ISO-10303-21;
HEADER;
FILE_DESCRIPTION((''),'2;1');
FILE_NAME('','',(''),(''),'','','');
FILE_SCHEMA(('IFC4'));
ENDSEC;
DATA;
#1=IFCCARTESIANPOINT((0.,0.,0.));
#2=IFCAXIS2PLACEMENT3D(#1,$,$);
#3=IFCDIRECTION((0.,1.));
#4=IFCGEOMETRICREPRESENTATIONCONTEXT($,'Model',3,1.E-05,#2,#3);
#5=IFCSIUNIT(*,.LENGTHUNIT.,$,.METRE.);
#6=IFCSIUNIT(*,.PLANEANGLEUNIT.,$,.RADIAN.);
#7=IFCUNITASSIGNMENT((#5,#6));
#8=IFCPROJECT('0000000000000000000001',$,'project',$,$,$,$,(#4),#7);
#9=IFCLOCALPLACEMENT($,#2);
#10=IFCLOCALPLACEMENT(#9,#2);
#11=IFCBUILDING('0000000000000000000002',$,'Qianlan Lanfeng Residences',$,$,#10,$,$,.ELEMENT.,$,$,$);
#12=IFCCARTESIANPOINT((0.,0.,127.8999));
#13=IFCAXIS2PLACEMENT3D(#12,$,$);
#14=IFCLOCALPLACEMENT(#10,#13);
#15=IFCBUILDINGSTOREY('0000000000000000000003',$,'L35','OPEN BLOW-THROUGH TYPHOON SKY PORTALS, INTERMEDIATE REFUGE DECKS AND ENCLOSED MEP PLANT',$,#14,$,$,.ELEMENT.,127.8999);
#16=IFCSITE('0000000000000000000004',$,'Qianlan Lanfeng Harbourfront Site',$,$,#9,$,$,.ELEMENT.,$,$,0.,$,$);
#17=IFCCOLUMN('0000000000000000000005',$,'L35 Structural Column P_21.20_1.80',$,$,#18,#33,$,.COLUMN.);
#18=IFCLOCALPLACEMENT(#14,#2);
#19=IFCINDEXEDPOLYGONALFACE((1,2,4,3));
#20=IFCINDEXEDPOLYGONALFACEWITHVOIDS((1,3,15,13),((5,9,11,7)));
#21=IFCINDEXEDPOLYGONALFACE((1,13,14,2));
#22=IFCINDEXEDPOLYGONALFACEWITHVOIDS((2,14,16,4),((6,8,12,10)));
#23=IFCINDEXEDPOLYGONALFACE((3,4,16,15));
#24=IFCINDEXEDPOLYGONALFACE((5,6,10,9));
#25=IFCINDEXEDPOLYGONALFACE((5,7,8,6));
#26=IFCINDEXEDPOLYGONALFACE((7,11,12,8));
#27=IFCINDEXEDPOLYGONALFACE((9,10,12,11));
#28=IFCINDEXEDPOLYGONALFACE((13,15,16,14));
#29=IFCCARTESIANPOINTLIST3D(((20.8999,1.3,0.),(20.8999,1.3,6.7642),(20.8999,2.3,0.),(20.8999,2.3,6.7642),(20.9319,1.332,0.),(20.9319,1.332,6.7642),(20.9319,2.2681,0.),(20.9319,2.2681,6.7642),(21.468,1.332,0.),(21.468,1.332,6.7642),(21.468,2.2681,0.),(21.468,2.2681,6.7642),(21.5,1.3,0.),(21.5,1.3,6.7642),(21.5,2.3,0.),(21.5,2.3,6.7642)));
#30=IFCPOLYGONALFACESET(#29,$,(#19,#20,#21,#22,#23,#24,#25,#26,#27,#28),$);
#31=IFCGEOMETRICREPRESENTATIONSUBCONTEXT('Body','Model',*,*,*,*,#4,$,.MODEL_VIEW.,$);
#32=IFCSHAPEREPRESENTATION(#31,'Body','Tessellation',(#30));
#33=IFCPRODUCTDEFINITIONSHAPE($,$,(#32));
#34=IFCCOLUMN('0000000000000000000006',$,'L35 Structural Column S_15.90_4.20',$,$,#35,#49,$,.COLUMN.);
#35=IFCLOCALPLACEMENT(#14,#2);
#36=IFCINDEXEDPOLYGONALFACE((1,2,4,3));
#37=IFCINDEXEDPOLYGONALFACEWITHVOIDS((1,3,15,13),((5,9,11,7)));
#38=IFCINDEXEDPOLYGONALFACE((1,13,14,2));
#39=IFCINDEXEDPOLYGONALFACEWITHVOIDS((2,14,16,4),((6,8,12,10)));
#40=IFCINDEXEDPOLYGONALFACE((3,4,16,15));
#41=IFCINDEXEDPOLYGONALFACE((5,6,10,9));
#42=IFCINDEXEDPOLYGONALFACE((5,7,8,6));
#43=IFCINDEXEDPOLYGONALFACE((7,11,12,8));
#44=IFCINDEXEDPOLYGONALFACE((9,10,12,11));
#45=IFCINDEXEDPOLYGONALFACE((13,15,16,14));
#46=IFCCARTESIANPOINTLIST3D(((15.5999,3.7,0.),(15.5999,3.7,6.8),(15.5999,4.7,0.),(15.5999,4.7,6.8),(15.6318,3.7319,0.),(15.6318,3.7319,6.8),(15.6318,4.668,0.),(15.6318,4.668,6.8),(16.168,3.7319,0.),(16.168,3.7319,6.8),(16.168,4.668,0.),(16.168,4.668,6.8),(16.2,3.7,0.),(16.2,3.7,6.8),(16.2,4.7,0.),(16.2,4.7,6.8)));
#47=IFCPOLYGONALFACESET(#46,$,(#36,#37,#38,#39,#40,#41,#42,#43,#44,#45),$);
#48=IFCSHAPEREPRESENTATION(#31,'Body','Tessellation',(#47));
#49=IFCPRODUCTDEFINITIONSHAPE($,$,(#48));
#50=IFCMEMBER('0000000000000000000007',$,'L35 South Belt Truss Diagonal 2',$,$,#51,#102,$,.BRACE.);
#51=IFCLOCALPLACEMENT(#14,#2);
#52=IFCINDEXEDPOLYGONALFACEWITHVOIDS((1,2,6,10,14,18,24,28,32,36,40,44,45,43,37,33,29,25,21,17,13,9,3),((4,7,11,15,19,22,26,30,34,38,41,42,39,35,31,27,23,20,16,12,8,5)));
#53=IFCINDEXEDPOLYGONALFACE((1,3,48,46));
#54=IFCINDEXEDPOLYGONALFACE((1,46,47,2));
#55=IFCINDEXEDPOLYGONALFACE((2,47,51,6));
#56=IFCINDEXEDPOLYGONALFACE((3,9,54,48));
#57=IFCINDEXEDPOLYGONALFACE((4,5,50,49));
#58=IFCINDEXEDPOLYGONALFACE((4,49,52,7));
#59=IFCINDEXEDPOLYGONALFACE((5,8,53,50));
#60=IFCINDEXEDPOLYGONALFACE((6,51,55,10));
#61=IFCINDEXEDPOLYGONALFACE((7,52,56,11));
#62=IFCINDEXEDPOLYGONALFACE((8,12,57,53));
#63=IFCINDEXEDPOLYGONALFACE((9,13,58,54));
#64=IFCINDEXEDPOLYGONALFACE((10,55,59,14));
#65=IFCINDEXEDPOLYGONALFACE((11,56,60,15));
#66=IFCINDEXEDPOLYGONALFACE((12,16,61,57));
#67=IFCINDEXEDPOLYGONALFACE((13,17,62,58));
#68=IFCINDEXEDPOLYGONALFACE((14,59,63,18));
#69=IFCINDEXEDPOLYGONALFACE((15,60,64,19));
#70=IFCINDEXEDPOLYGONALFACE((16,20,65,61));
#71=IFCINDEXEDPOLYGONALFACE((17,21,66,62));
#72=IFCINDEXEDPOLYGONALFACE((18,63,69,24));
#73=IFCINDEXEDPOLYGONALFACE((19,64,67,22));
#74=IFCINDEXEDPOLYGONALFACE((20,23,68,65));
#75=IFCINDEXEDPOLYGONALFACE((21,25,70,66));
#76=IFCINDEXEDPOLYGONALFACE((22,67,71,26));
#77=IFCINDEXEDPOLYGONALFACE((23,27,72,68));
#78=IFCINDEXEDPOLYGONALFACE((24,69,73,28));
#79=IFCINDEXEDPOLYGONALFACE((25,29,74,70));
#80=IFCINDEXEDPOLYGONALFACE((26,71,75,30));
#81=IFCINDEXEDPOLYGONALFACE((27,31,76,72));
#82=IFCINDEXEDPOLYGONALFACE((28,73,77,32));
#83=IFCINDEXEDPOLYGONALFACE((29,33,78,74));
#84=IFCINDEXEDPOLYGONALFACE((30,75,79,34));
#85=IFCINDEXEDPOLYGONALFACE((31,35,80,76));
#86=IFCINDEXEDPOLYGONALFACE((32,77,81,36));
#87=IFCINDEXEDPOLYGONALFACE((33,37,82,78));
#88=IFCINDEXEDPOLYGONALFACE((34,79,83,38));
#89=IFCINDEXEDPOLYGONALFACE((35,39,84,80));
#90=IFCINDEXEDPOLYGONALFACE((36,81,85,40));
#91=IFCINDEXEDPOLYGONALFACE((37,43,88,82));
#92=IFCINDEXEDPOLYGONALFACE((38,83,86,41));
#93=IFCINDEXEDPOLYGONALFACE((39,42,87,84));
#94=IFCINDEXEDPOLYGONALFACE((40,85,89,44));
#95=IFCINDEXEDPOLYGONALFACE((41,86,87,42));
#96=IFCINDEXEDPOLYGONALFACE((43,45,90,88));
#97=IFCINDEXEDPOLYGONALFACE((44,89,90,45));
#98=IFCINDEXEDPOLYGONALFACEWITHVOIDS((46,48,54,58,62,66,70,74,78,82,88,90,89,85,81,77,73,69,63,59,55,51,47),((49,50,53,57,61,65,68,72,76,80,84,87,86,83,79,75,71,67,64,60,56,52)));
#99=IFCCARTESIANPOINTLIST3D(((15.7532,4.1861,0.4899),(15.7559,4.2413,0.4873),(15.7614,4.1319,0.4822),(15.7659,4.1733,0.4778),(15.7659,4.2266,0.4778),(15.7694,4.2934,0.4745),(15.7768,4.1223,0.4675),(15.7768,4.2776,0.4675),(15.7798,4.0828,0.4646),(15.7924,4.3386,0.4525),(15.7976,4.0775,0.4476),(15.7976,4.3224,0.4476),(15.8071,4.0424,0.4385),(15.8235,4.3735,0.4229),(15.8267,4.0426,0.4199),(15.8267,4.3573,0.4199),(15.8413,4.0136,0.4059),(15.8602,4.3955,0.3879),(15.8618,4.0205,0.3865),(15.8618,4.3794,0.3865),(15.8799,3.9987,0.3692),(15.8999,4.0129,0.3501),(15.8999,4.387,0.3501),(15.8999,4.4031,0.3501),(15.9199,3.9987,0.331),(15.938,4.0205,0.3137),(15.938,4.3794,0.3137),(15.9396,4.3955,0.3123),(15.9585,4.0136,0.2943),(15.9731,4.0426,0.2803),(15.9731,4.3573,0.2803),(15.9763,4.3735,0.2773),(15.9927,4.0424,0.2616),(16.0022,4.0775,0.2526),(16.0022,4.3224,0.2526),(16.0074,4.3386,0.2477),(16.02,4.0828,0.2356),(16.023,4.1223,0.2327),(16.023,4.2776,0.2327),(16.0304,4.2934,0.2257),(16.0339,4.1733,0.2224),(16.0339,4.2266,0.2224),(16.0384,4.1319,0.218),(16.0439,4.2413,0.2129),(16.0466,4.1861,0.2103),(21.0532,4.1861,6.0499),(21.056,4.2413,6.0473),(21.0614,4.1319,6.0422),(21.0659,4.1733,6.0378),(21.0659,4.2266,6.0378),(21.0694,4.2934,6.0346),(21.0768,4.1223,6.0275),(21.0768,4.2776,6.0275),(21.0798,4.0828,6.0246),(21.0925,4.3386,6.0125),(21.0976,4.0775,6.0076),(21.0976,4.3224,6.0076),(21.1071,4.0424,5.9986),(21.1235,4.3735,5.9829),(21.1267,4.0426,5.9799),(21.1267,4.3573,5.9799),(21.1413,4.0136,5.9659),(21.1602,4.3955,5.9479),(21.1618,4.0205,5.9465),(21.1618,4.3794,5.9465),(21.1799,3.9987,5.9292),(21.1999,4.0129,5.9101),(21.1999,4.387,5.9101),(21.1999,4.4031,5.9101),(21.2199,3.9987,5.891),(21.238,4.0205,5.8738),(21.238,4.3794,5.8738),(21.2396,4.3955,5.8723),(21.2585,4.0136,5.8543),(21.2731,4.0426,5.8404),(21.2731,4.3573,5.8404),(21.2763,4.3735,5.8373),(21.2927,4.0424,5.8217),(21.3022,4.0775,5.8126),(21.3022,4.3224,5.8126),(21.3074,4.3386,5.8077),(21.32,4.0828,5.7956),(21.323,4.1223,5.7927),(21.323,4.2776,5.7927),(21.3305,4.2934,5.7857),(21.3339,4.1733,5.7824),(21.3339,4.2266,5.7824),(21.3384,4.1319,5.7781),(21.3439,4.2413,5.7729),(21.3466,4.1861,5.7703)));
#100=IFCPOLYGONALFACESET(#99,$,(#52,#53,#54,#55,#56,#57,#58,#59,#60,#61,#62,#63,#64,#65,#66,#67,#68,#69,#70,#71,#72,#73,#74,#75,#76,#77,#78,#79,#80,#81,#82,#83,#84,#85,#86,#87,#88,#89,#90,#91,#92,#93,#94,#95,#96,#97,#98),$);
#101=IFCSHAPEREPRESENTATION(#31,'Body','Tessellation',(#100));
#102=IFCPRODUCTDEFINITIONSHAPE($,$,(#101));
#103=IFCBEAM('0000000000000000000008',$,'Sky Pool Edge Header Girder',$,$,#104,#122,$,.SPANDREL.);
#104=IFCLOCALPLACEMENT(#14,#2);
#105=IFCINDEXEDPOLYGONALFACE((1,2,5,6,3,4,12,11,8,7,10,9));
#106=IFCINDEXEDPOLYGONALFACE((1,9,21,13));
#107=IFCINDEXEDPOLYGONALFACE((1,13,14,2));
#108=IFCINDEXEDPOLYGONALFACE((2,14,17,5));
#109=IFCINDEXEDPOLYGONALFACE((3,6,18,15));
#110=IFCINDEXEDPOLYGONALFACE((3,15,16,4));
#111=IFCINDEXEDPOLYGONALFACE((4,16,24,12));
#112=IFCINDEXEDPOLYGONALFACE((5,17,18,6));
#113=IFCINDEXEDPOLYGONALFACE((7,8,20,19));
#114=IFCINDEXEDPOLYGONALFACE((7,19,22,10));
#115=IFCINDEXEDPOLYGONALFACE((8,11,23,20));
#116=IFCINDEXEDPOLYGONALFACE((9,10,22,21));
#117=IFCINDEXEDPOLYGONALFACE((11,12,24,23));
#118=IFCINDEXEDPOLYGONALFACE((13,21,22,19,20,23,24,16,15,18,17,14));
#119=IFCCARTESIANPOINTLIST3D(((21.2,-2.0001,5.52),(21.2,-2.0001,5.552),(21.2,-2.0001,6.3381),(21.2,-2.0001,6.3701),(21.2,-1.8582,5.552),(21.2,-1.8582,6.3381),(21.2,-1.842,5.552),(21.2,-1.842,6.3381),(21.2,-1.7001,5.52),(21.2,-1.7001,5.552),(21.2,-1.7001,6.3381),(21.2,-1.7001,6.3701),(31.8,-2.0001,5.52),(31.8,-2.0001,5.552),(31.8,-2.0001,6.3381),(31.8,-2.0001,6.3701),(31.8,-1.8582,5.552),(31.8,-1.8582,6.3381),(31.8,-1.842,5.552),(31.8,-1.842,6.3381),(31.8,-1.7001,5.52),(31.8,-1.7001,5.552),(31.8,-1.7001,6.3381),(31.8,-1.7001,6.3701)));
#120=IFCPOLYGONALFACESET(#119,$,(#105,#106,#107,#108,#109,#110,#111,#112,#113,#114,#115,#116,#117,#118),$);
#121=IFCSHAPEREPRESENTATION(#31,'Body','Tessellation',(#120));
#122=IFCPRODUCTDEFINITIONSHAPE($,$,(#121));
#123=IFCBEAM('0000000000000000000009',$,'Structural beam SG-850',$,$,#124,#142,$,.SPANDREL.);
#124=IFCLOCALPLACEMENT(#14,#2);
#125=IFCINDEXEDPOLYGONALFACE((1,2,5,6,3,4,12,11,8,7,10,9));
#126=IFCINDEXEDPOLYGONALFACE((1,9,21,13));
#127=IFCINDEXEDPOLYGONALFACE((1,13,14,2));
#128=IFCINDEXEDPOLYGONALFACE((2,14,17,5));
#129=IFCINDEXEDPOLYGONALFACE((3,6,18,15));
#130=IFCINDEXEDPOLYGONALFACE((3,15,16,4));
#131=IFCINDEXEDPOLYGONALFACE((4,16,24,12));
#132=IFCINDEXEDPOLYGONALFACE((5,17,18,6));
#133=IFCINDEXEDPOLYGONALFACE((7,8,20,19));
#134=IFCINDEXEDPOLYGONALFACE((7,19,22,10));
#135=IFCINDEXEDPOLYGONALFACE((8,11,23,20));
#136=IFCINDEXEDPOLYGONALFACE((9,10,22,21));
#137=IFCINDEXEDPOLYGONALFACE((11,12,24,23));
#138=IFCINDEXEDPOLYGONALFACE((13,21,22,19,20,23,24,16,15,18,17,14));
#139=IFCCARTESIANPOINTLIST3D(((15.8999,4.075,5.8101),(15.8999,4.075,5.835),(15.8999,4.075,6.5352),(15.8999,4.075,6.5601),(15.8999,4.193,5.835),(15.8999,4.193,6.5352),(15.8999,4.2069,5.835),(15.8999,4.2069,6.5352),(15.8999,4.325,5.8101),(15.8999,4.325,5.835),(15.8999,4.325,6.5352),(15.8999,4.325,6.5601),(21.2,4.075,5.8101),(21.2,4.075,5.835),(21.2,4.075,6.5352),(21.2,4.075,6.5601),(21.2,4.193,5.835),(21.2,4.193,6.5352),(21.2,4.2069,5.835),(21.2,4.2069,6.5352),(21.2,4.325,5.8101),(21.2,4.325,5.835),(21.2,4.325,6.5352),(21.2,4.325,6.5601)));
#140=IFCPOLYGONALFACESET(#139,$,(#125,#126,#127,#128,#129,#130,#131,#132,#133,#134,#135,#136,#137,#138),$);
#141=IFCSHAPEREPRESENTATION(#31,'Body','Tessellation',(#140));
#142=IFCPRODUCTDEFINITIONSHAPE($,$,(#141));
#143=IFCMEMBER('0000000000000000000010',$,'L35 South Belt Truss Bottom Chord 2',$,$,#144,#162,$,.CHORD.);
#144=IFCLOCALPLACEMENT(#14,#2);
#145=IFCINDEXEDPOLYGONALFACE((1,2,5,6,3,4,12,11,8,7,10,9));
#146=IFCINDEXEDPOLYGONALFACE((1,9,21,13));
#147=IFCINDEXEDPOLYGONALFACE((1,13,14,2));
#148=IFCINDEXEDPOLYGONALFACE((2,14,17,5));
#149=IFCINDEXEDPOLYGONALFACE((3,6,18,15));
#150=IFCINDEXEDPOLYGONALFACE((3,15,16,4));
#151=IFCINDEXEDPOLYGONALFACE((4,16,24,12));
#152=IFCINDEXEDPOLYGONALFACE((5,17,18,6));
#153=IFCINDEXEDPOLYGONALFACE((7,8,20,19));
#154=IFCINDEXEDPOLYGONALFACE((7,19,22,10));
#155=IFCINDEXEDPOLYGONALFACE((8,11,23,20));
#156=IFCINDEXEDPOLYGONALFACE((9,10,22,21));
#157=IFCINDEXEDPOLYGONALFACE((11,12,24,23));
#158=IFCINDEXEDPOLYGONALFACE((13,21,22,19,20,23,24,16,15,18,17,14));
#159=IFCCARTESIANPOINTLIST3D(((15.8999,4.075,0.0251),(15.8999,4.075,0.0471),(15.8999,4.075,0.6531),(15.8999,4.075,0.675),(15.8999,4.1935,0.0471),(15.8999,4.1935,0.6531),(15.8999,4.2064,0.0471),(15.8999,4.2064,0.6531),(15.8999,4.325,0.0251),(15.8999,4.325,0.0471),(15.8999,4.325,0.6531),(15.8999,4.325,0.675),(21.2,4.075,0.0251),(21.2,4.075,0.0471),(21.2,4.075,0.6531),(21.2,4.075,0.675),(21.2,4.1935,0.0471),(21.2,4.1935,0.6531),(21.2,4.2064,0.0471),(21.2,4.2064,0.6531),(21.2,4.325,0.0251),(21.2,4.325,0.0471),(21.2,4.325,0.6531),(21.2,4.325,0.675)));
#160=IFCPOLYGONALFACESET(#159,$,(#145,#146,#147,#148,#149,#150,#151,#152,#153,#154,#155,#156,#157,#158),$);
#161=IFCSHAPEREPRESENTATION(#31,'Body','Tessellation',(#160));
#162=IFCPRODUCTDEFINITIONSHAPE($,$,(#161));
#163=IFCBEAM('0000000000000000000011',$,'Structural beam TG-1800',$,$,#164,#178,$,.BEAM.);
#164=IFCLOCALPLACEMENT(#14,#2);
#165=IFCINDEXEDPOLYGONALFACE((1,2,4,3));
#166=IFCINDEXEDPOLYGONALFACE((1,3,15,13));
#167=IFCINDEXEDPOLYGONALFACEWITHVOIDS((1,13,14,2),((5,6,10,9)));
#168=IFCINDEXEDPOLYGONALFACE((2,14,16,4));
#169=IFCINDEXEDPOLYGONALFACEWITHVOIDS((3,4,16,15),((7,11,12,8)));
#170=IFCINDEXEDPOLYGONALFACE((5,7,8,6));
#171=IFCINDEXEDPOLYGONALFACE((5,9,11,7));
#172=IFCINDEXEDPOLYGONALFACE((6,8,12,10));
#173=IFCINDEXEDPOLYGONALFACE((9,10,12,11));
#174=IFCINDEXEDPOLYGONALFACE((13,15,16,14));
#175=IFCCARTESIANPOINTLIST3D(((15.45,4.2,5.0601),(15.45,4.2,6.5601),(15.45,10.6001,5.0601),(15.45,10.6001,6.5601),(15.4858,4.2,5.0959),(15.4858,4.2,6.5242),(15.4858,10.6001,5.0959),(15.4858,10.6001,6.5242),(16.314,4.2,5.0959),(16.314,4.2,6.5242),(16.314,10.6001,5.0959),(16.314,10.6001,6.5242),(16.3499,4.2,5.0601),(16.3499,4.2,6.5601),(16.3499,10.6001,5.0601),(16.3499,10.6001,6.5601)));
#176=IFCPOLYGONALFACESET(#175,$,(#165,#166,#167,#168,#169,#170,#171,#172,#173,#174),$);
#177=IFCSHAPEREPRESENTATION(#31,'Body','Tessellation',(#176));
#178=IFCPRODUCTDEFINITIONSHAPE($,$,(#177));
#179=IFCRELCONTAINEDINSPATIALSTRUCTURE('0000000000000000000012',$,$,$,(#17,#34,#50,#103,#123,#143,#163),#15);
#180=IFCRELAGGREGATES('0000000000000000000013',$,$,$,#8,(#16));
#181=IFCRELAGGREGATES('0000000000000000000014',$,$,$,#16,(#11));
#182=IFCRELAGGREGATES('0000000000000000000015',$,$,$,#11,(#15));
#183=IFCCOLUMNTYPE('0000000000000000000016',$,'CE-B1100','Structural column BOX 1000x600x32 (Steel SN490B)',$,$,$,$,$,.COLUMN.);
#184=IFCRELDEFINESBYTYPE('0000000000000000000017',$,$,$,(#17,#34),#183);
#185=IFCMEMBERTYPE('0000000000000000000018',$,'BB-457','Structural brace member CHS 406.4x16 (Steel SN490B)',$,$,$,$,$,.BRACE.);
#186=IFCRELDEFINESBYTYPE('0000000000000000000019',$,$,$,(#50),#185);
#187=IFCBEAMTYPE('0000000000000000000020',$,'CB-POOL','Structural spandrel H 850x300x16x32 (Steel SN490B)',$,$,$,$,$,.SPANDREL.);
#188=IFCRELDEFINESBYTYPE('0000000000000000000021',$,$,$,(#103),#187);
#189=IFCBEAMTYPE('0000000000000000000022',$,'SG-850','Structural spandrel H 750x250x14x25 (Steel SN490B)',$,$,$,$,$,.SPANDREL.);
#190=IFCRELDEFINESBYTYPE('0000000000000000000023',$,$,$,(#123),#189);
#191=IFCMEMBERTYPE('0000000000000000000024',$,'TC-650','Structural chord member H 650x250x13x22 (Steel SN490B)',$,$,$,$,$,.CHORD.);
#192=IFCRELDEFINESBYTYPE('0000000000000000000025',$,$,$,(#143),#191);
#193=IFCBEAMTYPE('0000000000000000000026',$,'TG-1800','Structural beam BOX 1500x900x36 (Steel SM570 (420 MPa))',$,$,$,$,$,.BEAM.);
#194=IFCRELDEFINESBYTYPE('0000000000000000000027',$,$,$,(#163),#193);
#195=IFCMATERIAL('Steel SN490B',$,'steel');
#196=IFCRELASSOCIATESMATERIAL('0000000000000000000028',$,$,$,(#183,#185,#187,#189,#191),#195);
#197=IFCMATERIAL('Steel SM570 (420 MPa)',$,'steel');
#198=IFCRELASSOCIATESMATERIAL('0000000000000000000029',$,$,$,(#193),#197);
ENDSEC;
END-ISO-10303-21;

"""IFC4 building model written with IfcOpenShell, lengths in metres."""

from ifc_helpers import new_model, si_unit, direction, frame, origin, origin_2d, place, context, subcontext, project, spatial, hollow_rectangle, hollow_circle, i_section, extrude, material, material_profile, profile_set, type_object, element, save


model = new_model("IFC4")

# Units and contexts
model_context = context("Model", 3, precision=1e-05, world=origin(), true_north=direction((0.0, 1.0)))
body_context = subcontext(model_context, "Body", "Model", "MODEL_VIEW")
ifc_project = project(units=[si_unit("LENGTHUNIT", "METRE"), si_unit("PLANEANGLEUNIT", "RADIAN")], contexts=[model_context])

# Site, building, storey
site_placement = place(None, origin())
site = spatial("IfcSite", under=ifc_project, at=site_placement, Name="Qianlan Lanfeng Harbourfront Site", CompositionType="ELEMENT", RefElevation=0.0)
building_placement = place(site_placement, origin())
building = spatial("IfcBuilding", under=site, at=building_placement, Name="Qianlan Lanfeng Residences", CompositionType="ELEMENT")
storey_placement = place(building_placement, frame((0.0, 0.0, 127.8999)))
storey = spatial("IfcBuildingStorey", under=building, at=storey_placement, Name="L35", Description="OPEN BLOW-THROUGH TYPHOON SKY PORTALS, INTERMEDIATE REFUGE DECKS AND ENCLOSED MEP PLANT", CompositionType="ELEMENT", Elevation=127.8999)

# Columns
ifc_material_1 = material(Name="Steel SN490B", Category="steel")
ifc_material_profile_1 = material_profile(ifc_material_1, hollow_rectangle(XDim=0.6001, YDim=1.0, WallThickness=0.032, at=origin_2d()), Name="BOX 1000x600x32")
ifc_profile_set_1 = profile_set([ifc_material_profile_1], Name="Steel SN490B")
column_type = type_object("IfcColumnType", Name="CE-B1100", Description="Structural column BOX 1000x600x32 (Steel SN490B)", PredefinedType="COLUMN", material=ifc_profile_set_1)
column_1_placement = place(storey_placement, frame((21.2, 1.8, 0.0), z_axis=(0.0, 0.0, 1.0), x_axis=(1.0, 0.0, 0.0)))
element("IfcColumn", 1, at=column_1_placement, inside=storey, type_object=column_type, Name="L35 Structural Column P_21.20_1.80", PredefinedType="COLUMN", context=body_context, shape_type="SweptSolid", body=[
    extrude(hollow_rectangle(XDim=0.6001, YDim=1.0, WallThickness=0.032, at=origin_2d()), origin(), (0.0, 0.0, 1.0), 6.7642),
])
column_2_placement = place(storey_placement, frame((15.8999, 4.2, 0.0), z_axis=(0.0, 0.0, 1.0), x_axis=(1.0, 0.0, 0.0)))
element("IfcColumn", 2, at=column_2_placement, inside=storey, type_object=column_type, Name="L35 Structural Column S_15.90_4.20", PredefinedType="COLUMN", context=body_context, shape_type="SweptSolid", body=[
    extrude(hollow_rectangle(XDim=0.6001, YDim=1.0, WallThickness=0.032, at=origin_2d()), origin(), (0.0, 0.0, 1.0), 6.8),
])

# Member
ifc_material_profile_2 = material_profile(ifc_material_1, hollow_circle(Radius=0.2031, WallThickness=0.0161, at=origin_2d()), Name="CHS 406.4x16")
ifc_profile_set_2 = profile_set([ifc_material_profile_2], Name="Steel SN490B")
member_type_1 = type_object("IfcMemberType", Name="BB-457", Description="Structural brace member CHS 406.4x16 (Steel SN490B)", PredefinedType="BRACE", material=ifc_profile_set_2)
member_1_placement = place(storey_placement, frame((15.8999, 4.2, 0.3501), z_axis=(0.68998, 0.0, 0.723829), x_axis=(0.0, 1.0, 0.0)))
element("IfcMember", 3, at=member_1_placement, inside=storey, type_object=member_type_1, Name="L35 South Belt Truss Diagonal 2", PredefinedType="BRACE", context=body_context, shape_type="SweptSolid", body=[
    extrude(hollow_circle(Radius=0.2031, WallThickness=0.0161, at=origin_2d()), origin(), (0.0, 0.0, 1.0), 7.6814),
])

# Beams
ifc_material_profile_3 = material_profile(ifc_material_1, i_section(OverallWidth=0.3, OverallDepth=0.8501, WebThickness=0.0161, FlangeThickness=0.032, at=origin_2d()), Name="H 850x300x16x32")
ifc_profile_set_3 = profile_set([ifc_material_profile_3], Name="Steel SN490B")
beam_type_1 = type_object("IfcBeamType", Name="CB-POOL", Description="Structural spandrel H 850x300x16x32 (Steel SN490B)", PredefinedType="SPANDREL", material=ifc_profile_set_3)
beam_1_placement = place(storey_placement, frame((21.2, -1.8501, 5.9451), z_axis=(1.0, 0.0, 0.0), x_axis=(0.0, 1.0, 0.0)))
element("IfcBeam", 4, at=beam_1_placement, inside=storey, type_object=beam_type_1, Name="Sky Pool Edge Header Girder", PredefinedType="SPANDREL", context=body_context, shape_type="SweptSolid", body=[
    extrude(i_section(OverallWidth=0.3, OverallDepth=0.8501, WebThickness=0.0161, FlangeThickness=0.032, at=origin_2d()), origin(), (0.0, 0.0, 1.0), 10.6001),
])
ifc_material_profile_4 = material_profile(ifc_material_1, i_section(OverallWidth=0.25, OverallDepth=0.75, WebThickness=0.0139, FlangeThickness=0.0249, at=origin_2d()), Name="H 750x250x14x25")
ifc_profile_set_4 = profile_set([ifc_material_profile_4], Name="Steel SN490B")
beam_type_2 = type_object("IfcBeamType", Name="SG-850", Description="Structural spandrel H 750x250x14x25 (Steel SN490B)", PredefinedType="SPANDREL", material=ifc_profile_set_4)
beam_2_placement = place(storey_placement, frame((15.8999, 4.2, 6.1851), z_axis=(1.0, 0.0, 0.0), x_axis=(0.0, 1.0, 0.0)))
element("IfcBeam", 5, at=beam_2_placement, inside=storey, type_object=beam_type_2, Name="Structural beam SG-850", PredefinedType="SPANDREL", context=body_context, shape_type="SweptSolid", body=[
    extrude(i_section(OverallWidth=0.25, OverallDepth=0.75, WebThickness=0.0139, FlangeThickness=0.0249, at=origin_2d()), origin(), (0.0, 0.0, 1.0), 5.3),
])

# Member
ifc_material_profile_5 = material_profile(ifc_material_1, i_section(OverallWidth=0.25, OverallDepth=0.6499, WebThickness=0.0129, FlangeThickness=0.022, at=origin_2d()), Name="H 650x250x13x22")
ifc_profile_set_5 = profile_set([ifc_material_profile_5], Name="Steel SN490B")
member_type_2 = type_object("IfcMemberType", Name="TC-650", Description="Structural chord member H 650x250x13x22 (Steel SN490B)", PredefinedType="CHORD", material=ifc_profile_set_5)
member_2_placement = place(storey_placement, frame((15.8999, 4.2, 0.3501), z_axis=(1.0, 0.0, 0.0), x_axis=(0.0, 1.0, 0.0)))
element("IfcMember", 6, at=member_2_placement, inside=storey, type_object=member_type_2, Name="L35 South Belt Truss Bottom Chord 2", PredefinedType="CHORD", context=body_context, shape_type="SweptSolid", body=[
    extrude(i_section(OverallWidth=0.25, OverallDepth=0.6499, WebThickness=0.0129, FlangeThickness=0.022, at=origin_2d()), origin(), (0.0, 0.0, 1.0), 5.3),
])

# Beam
ifc_material_2 = material(Name="Steel SM570 (420 MPa)", Category="steel")
ifc_material_profile_6 = material_profile(ifc_material_2, hollow_rectangle(XDim=0.8999, YDim=1.5, WallThickness=0.0359, at=origin_2d()), Name="BOX 1500x900x36")
ifc_profile_set_6 = profile_set([ifc_material_profile_6], Name="Steel SM570 (420 MPa)")
beam_type_3 = type_object("IfcBeamType", Name="TG-1800", Description="Structural beam BOX 1500x900x36 (Steel SM570 (420 MPa))", PredefinedType="BEAM", material=ifc_profile_set_6)
beam_3_placement = place(storey_placement, frame((15.8999, 4.2, 5.8101), z_axis=(0.0, 1.0, 0.0), x_axis=(-1.0, 0.0, 0.0)))
element("IfcBeam", 7, at=beam_3_placement, inside=storey, type_object=beam_type_3, Name="Structural beam TG-1800", PredefinedType="BEAM", context=body_context, shape_type="SweptSolid", body=[
    extrude(hollow_rectangle(XDim=0.8999, YDim=1.5, WallThickness=0.0359, at=origin_2d()), origin(), (0.0, 0.0, 1.0), 6.4001),
])

save(model, "model.ifc")
